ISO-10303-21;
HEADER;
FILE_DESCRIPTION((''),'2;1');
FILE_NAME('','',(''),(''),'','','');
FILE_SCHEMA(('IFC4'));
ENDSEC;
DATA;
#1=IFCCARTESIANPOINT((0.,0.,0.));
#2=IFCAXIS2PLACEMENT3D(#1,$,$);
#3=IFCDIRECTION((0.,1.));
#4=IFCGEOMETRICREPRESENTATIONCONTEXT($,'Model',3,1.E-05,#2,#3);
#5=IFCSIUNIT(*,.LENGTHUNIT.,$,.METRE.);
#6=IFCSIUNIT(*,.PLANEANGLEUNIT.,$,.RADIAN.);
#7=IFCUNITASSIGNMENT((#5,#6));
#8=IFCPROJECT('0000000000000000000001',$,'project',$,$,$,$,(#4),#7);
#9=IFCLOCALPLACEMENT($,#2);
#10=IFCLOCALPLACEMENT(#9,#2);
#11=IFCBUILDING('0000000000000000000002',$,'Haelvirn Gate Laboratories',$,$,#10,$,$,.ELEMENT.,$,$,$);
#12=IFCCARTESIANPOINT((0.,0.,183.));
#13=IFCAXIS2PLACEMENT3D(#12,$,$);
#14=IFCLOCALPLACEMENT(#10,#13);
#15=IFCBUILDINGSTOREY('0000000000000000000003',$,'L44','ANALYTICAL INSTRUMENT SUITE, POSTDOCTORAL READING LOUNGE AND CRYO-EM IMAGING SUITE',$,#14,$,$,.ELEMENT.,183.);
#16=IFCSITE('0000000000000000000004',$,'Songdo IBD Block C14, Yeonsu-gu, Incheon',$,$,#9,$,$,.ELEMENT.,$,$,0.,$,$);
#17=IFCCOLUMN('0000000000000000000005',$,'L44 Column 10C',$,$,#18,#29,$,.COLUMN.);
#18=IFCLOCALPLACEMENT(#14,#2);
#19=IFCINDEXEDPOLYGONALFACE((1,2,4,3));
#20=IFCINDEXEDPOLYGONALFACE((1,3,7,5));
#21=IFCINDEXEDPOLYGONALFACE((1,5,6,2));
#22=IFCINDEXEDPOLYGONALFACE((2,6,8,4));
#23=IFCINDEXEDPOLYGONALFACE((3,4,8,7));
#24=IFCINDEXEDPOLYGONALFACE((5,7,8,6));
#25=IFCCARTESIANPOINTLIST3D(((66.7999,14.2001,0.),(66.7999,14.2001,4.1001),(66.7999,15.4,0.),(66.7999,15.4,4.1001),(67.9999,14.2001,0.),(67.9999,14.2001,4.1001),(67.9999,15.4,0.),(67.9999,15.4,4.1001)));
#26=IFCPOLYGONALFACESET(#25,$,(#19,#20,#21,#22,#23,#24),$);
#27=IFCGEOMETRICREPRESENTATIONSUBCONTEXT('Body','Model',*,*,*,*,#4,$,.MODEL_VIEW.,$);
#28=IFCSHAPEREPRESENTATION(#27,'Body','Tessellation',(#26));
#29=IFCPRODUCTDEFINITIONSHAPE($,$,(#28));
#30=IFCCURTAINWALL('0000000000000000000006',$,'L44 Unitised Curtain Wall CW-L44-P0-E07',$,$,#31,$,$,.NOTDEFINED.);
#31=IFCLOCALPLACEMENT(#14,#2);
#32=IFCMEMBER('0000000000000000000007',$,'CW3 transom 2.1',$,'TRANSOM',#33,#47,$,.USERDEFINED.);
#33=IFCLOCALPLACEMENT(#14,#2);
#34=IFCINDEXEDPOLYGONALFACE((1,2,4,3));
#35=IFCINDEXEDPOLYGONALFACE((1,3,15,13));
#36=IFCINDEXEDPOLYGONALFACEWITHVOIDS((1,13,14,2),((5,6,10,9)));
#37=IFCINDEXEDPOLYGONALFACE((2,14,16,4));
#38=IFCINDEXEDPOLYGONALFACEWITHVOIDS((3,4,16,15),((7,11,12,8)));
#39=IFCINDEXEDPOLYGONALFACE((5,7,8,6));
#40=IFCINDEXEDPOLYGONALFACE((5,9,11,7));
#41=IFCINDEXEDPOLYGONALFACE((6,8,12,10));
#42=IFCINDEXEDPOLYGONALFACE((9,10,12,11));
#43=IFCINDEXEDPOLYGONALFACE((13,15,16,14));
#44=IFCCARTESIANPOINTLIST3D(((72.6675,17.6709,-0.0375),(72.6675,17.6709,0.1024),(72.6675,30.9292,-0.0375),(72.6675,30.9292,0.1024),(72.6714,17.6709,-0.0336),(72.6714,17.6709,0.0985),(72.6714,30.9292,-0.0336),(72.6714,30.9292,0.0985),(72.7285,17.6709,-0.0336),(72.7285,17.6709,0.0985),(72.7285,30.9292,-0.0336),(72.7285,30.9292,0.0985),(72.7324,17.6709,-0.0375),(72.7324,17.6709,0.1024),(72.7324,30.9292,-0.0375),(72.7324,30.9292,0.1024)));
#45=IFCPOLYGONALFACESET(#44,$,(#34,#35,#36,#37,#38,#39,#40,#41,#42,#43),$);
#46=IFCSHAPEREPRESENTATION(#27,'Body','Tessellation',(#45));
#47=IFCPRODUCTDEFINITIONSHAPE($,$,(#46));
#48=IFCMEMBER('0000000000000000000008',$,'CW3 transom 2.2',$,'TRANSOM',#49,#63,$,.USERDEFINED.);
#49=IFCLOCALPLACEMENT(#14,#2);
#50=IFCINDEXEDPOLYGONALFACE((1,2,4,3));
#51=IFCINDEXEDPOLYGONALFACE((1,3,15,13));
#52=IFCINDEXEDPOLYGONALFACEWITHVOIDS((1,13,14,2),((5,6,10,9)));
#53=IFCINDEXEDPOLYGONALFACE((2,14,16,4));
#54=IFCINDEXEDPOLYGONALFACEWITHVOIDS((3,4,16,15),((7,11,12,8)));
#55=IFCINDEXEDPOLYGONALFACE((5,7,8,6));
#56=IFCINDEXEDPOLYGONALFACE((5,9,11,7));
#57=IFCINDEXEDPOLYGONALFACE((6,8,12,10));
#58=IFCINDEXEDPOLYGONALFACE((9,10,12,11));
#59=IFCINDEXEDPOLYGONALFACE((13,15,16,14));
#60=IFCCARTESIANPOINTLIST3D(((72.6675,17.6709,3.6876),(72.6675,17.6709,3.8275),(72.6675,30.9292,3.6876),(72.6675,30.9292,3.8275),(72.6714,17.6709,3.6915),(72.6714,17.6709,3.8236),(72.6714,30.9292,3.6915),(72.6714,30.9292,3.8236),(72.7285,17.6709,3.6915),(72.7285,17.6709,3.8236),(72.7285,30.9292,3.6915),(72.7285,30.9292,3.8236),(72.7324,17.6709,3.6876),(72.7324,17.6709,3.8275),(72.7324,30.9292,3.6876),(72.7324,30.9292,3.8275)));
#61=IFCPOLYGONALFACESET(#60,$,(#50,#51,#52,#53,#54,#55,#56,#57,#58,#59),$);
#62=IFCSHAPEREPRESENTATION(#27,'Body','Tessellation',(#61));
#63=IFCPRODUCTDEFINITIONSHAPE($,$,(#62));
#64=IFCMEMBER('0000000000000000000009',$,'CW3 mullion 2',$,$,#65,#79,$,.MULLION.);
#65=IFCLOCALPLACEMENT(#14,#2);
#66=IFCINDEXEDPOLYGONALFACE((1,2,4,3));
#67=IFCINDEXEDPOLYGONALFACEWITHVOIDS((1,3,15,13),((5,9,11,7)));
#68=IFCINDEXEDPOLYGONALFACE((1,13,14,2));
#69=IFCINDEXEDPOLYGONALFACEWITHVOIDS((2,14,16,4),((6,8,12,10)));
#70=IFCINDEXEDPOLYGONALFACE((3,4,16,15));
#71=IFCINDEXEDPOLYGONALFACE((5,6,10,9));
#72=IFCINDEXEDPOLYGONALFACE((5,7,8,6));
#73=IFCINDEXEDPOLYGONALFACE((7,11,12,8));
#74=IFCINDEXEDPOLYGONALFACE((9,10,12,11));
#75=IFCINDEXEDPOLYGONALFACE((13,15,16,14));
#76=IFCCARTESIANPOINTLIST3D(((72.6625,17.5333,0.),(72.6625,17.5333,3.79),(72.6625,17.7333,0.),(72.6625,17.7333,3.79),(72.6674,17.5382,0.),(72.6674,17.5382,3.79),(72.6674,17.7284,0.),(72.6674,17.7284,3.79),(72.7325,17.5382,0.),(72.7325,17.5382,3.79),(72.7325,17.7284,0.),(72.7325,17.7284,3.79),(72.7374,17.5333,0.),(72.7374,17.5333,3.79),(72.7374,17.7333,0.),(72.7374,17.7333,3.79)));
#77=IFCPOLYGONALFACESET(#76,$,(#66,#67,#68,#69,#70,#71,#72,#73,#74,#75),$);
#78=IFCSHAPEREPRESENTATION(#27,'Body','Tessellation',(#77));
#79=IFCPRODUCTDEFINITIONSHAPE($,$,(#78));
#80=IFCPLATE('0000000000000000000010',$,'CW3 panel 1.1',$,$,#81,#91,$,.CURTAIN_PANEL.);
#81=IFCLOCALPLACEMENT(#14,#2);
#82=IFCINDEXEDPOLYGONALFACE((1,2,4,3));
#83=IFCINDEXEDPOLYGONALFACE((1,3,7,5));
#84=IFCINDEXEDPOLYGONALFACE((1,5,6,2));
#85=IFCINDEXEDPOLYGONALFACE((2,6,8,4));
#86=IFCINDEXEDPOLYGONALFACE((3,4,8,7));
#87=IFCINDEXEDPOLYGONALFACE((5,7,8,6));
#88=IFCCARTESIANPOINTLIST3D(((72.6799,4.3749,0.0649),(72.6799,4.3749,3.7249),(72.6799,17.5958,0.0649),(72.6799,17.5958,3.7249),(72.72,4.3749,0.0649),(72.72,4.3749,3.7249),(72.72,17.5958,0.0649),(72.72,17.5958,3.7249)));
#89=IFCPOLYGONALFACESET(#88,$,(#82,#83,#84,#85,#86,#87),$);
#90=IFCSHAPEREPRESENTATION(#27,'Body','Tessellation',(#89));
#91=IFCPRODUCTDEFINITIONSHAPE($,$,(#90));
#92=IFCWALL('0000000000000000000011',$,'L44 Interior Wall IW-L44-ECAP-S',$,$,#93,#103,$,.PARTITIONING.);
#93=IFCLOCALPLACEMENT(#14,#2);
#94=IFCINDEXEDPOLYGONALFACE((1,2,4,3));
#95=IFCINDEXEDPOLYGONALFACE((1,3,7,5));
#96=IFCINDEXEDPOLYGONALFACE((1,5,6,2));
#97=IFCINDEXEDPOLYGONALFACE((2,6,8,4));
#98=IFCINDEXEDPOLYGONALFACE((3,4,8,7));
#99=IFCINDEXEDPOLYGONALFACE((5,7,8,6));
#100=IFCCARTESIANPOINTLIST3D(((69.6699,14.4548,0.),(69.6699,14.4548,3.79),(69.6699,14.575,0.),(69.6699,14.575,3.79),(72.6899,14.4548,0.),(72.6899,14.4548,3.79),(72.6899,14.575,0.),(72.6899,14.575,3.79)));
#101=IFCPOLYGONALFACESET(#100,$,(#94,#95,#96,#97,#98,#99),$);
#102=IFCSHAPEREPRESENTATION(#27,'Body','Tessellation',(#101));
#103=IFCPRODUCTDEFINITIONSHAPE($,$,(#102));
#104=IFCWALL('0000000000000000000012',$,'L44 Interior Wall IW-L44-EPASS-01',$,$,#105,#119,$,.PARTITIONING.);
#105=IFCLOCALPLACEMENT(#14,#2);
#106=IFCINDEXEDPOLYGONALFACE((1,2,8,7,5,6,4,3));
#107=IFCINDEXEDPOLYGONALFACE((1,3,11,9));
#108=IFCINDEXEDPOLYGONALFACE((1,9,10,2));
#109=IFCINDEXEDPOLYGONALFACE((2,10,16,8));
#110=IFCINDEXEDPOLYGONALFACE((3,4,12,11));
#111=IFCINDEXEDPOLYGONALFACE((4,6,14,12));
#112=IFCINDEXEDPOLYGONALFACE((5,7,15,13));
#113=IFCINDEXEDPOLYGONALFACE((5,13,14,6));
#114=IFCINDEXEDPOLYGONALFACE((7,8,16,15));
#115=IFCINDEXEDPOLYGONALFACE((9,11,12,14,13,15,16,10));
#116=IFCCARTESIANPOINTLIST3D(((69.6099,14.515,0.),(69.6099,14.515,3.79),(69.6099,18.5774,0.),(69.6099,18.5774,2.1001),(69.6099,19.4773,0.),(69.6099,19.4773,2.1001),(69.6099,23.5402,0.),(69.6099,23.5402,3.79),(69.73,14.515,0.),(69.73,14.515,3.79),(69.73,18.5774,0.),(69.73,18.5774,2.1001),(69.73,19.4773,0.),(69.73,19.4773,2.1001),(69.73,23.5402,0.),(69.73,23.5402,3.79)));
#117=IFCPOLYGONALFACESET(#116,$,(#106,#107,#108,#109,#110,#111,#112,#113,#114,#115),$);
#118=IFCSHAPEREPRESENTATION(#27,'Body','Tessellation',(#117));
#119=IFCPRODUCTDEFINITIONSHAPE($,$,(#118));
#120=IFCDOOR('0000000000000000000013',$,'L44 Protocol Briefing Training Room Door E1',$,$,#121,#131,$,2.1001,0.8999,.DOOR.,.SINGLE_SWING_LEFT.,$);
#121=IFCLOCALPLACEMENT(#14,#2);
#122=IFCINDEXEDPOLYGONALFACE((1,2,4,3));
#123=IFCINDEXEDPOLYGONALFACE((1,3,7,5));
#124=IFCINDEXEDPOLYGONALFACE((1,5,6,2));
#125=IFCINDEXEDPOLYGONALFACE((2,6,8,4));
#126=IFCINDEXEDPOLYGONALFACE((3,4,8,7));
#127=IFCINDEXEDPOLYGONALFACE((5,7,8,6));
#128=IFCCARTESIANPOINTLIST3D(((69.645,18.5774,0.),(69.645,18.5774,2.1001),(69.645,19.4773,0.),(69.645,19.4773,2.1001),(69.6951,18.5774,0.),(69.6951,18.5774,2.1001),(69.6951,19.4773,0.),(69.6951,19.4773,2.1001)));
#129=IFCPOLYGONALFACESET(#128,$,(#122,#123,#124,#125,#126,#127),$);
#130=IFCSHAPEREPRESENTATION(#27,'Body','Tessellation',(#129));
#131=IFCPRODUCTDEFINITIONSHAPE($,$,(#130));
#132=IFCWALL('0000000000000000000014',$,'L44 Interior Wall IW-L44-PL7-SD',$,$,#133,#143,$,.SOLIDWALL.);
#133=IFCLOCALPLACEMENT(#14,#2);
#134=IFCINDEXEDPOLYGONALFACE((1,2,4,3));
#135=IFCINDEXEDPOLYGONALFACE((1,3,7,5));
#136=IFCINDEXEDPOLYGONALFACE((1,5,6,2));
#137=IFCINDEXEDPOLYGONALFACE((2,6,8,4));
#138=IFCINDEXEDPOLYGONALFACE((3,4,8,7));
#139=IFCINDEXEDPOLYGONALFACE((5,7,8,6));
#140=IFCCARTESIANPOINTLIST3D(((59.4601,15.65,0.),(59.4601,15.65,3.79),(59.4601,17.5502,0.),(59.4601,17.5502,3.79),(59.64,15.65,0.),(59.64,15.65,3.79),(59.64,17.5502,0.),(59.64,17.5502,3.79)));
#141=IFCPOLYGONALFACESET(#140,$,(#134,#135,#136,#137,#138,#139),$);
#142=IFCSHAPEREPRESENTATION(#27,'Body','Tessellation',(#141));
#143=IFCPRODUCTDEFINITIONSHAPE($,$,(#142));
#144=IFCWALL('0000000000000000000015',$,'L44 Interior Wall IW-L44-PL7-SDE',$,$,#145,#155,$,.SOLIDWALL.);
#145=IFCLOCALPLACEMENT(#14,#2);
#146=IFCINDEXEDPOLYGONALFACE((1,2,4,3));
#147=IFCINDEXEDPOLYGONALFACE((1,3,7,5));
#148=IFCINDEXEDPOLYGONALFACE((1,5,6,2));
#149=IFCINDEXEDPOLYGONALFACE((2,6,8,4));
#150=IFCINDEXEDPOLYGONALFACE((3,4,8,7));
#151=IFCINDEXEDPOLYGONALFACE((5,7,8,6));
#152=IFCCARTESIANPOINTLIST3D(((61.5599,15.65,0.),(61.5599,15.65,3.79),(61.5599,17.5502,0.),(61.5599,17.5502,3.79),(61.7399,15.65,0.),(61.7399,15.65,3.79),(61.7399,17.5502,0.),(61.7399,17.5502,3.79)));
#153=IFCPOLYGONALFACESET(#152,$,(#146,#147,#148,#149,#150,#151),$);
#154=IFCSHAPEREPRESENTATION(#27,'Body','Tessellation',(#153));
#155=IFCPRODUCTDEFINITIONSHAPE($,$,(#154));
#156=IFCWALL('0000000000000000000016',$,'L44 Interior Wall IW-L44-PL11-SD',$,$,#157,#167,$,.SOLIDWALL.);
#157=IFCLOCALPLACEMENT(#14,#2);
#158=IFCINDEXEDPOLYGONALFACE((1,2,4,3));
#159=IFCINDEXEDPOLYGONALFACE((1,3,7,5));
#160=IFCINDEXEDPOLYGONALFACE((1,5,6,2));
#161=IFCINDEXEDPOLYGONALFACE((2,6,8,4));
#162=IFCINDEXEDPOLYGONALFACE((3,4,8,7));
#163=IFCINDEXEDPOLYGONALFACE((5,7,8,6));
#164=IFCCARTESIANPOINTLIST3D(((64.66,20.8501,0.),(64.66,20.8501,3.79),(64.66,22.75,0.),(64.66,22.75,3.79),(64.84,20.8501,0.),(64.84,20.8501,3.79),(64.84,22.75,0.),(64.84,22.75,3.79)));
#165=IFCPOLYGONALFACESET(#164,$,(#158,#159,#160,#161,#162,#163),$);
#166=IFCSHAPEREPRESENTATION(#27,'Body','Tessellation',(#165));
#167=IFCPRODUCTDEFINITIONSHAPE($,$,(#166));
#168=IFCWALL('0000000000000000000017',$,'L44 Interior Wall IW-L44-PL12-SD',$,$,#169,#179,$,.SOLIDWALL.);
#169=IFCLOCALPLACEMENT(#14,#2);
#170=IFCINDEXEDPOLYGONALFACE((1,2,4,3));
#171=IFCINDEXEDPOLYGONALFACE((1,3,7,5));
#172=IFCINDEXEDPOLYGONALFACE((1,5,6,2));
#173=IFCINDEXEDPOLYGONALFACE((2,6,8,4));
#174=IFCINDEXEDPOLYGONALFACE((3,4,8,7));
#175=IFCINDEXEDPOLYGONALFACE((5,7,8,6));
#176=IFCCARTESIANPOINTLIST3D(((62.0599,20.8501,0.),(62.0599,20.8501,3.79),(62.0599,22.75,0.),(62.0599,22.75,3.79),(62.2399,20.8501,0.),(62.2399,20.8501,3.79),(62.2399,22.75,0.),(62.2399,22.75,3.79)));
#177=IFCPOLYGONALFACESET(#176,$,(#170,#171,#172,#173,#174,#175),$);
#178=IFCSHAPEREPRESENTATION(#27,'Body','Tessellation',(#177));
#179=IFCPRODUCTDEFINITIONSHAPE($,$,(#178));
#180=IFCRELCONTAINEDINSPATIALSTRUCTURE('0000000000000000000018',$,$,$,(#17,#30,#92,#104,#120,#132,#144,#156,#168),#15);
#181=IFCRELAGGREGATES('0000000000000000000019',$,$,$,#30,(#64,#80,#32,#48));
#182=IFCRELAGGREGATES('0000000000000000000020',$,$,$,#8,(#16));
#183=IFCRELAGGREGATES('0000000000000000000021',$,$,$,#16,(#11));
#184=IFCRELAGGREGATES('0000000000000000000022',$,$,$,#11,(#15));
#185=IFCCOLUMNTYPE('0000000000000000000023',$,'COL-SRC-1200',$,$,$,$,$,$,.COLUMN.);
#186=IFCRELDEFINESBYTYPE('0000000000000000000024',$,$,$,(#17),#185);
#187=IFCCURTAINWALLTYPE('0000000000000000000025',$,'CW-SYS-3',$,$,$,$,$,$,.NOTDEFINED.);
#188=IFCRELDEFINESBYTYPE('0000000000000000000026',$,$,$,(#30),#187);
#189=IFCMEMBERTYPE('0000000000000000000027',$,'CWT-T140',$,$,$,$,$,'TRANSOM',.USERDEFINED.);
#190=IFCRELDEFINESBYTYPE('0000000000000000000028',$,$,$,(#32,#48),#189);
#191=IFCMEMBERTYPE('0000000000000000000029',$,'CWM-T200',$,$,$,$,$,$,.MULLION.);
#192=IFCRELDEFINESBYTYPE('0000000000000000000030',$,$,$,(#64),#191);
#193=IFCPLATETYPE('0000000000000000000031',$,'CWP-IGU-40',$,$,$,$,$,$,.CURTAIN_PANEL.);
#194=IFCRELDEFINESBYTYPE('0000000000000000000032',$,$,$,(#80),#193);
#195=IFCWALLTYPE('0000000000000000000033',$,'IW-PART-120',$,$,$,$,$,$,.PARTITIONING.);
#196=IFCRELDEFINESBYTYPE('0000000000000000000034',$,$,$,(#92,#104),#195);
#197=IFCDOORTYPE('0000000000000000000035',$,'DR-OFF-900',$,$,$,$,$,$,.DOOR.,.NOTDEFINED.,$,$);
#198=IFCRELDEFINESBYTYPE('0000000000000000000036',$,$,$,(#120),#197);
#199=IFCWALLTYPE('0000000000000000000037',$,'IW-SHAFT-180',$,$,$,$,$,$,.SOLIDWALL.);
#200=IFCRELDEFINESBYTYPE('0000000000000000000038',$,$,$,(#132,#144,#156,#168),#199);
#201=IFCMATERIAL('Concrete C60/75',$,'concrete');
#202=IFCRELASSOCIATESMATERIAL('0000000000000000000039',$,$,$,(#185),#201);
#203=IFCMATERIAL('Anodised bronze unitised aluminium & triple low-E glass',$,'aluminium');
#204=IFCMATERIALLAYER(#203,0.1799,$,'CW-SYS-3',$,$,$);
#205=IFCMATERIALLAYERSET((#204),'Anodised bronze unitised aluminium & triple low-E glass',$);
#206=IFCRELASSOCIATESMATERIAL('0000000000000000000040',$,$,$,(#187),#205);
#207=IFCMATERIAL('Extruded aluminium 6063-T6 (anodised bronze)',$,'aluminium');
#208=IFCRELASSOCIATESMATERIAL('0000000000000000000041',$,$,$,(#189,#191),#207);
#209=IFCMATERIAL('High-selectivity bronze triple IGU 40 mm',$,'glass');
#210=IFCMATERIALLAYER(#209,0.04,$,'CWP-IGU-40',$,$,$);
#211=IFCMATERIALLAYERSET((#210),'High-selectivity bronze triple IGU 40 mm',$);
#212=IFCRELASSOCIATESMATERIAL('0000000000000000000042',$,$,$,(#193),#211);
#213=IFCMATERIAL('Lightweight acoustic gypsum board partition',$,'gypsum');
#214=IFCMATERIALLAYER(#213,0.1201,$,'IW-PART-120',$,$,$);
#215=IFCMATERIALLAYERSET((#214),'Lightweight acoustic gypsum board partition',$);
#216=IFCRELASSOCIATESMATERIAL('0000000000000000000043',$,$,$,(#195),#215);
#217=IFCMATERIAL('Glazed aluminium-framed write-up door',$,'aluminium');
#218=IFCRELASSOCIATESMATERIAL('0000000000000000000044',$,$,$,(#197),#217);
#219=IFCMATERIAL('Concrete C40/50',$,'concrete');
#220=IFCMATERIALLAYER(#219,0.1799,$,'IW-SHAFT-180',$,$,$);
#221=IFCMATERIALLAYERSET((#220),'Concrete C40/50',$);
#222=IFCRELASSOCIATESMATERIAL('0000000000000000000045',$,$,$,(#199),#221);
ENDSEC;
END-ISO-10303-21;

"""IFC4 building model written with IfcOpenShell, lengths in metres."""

from ifc_helpers import new_model, si_unit, direction, frame, frame_2d, origin, origin_2d, place, context, subcontext, project, spatial, rectangle, hollow_rectangle, extrude, source, transform, mapped, material, layer, layer_set, material_profile, profile_set, type_object, type_shapes, element, fill, aggregate, save


model = new_model("IFC4")

# Units and contexts
model_context = context("Model", 3, precision=1e-05, world=origin(), true_north=direction((0.0, 1.0)))
body_context = subcontext(model_context, "Body", "Model", "MODEL_VIEW")
ifc_project = project(units=[si_unit("LENGTHUNIT", "METRE"), si_unit("PLANEANGLEUNIT", "RADIAN")], contexts=[model_context])

# Site, building, storey
site_placement = place(None, origin())
site = spatial("IfcSite", under=ifc_project, at=site_placement, Name="Songdo IBD Block C14, Yeonsu-gu, Incheon", CompositionType="ELEMENT", RefElevation=0.0)
building_placement = place(site_placement, origin())
building = spatial("IfcBuilding", under=site, at=building_placement, Name="Haelvirn Gate Laboratories", CompositionType="ELEMENT")
storey_placement = place(building_placement, frame((0.0, 0.0, 183.0)))
storey = spatial("IfcBuildingStorey", under=building, at=storey_placement, Name="L44", Description="ANALYTICAL INSTRUMENT SUITE, POSTDOCTORAL READING LOUNGE AND CRYO-EM IMAGING SUITE", CompositionType="ELEMENT", Elevation=183.0)

# Column
ifc_material_1 = material(Name="Concrete C60/75", Category="concrete")
ifc_material_profile_1 = material_profile(ifc_material_1, rectangle(XDim=1.2, YDim=1.2, at=origin_2d()), Name="SRC-1200x1200")
ifc_profile_set_1 = profile_set([ifc_material_profile_1], Name="Concrete C60/75")
column_type = type_object("IfcColumnType", Name="COL-SRC-1200", PredefinedType="COLUMN", material=ifc_profile_set_1)
shared_shape_1 = source(origin(), body_context, "Body", "SweptSolid", [
    extrude(rectangle(XDim=1.2, YDim=1.2, at=origin_2d()), origin(), (0.0, 0.0, 1.0), 4.1001),
])
type_shapes(column_type, [shared_shape_1])
column_placement = place(storey_placement, frame((67.3999, 14.8, 0.0), z_axis=(0.0, 0.0, 1.0), x_axis=(1.0, 0.0, 0.0)))
element("IfcColumn", 1, at=column_placement, inside=storey, type_object=column_type, Name="L44 Column 10C", PredefinedType="COLUMN", context=body_context, shape_type="MappedRepresentation", body=[
    mapped(shared_shape_1, transform((0.0, 0.0, 0.0), scale=1.0)),
])

# Curtain wall, members, plate
ifc_material_2 = material(Name="Anodised bronze unitised aluminium & triple low-E glass", Category="aluminium")
ifc_layer_1 = layer(ifc_material_2, 0.1799, Name="CW-SYS-3")
ifc_layer_set_1 = layer_set([ifc_layer_1], Name="Anodised bronze unitised aluminium & triple low-E glass")
curtain_wall_type = type_object("IfcCurtainWallType", Name="CW-SYS-3", PredefinedType="NOTDEFINED", material=ifc_layer_set_1)
curtain_wall_placement = place(storey_placement, origin())
curtain_wall = element("IfcCurtainWall", 2, at=curtain_wall_placement, inside=storey, type_object=curtain_wall_type, Name="L44 Unitised Curtain Wall CW-L44-P0-E07", PredefinedType="NOTDEFINED")
ifc_material_3 = material(Name="Extruded aluminium 6063-T6 (anodised bronze)", Category="aluminium")
ifc_material_profile_2 = material_profile(ifc_material_3, hollow_rectangle(XDim=0.0649, YDim=0.1399, WallThickness=0.0039, at=origin_2d()), Name="CWT-140x65x4")
ifc_profile_set_2 = profile_set([ifc_material_profile_2], Name="Extruded aluminium 6063-T6 (anodised bronze)")
member_type_1 = type_object("IfcMemberType", Name="CWT-T140", ElementType="TRANSOM", PredefinedType="USERDEFINED", material=ifc_profile_set_2)
shared_shape_2 = source(origin(), body_context, "Body", "SweptSolid", [
    extrude(hollow_rectangle(XDim=0.0649, YDim=0.1399, WallThickness=0.0039, at=origin_2d()), origin(), (0.0, 0.0, 1.0), 13.2583),
])
type_shapes(member_type_1, [shared_shape_2])
member_1_placement = place(storey_placement, frame((72.7, 17.6709, 0.0325), z_axis=(0.0, 1.0, 0.0), x_axis=(-1.0, 0.0, 0.0)))
member_1 = element("IfcMember", 3, at=member_1_placement, type_object=member_type_1, Name="CW3 transom 2.1", ObjectType="TRANSOM", PredefinedType="USERDEFINED", context=body_context, shape_type="MappedRepresentation", body=[
    mapped(shared_shape_2, transform((0.0, 0.0, 0.0), scale=1.0)),
])
member_2_placement = place(storey_placement, frame((72.7, 17.6709, 3.7576), z_axis=(0.0, 1.0, 0.0), x_axis=(-1.0, 0.0, 0.0)))
member_2 = element("IfcMember", 4, at=member_2_placement, type_object=member_type_1, Name="CW3 transom 2.2", ObjectType="TRANSOM", PredefinedType="USERDEFINED", context=body_context, shape_type="MappedRepresentation", body=[
    mapped(shared_shape_2, transform((0.0, 0.0, 0.0), scale=1.0)),
])
ifc_material_profile_3 = material_profile(ifc_material_3, hollow_rectangle(XDim=0.075, YDim=0.2, WallThickness=0.0049, at=origin_2d()), Name="CWM-200x75x5")
ifc_profile_set_3 = profile_set([ifc_material_profile_3], Name="Extruded aluminium 6063-T6 (anodised bronze)")
member_type_2 = type_object("IfcMemberType", Name="CWM-T200", PredefinedType="MULLION", material=ifc_profile_set_3)
shared_shape_3 = source(origin(), body_context, "Body", "SweptSolid", [
    extrude(hollow_rectangle(XDim=0.075, YDim=0.2, WallThickness=0.0049, at=origin_2d()), origin(), (0.0, 0.0, 1.0), 3.79),
])
type_shapes(member_type_2, [shared_shape_3])
member_3_placement = place(storey_placement, frame((72.7, 17.6333, 0.0), z_axis=(0.0, 0.0, 1.0), x_axis=(-1.0, 0.0, 0.0)))
member_3 = element("IfcMember", 5, at=member_3_placement, type_object=member_type_2, Name="CW3 mullion 2", PredefinedType="MULLION", context=body_context, shape_type="MappedRepresentation", body=[
    mapped(shared_shape_3, transform((0.0, 0.0, 0.0), scale=1.0)),
])
ifc_material_4 = material(Name="High-selectivity bronze triple IGU 40 mm", Category="glass")
ifc_layer_2 = layer(ifc_material_4, 0.04, Name="CWP-IGU-40")
ifc_layer_set_2 = layer_set([ifc_layer_2], Name="High-selectivity bronze triple IGU 40 mm")
plate_type = type_object("IfcPlateType", Name="CWP-IGU-40", PredefinedType="CURTAIN_PANEL", material=ifc_layer_set_2)
shared_shape_4 = source(origin(), body_context, "Body", "SweptSolid", [
    extrude(rectangle(XDim=13.2209, YDim=0.04, at=origin_2d()), origin(), (0.0, 0.0, 1.0), 3.6599),
])
type_shapes(plate_type, [shared_shape_4])
plate_placement = place(storey_placement, frame((72.7, 10.9854, 0.0649), z_axis=(0.0, 0.0, 1.0), x_axis=(0.0, 1.0, 0.0)))
plate = element("IfcPlate", 6, at=plate_placement, type_object=plate_type, Name="CW3 panel 1.1", PredefinedType="CURTAIN_PANEL", context=body_context, shape_type="MappedRepresentation", body=[
    mapped(shared_shape_4, transform((0.0, 0.0, 0.0), scale=1.0)),
])
aggregate(curtain_wall, [member_3, plate, member_1, member_2])

# Wall
ifc_material_5 = material(Name="Lightweight acoustic gypsum board partition", Category="gypsum")
ifc_layer_3 = layer(ifc_material_5, 0.1201, Name="IW-PART-120")
ifc_layer_set_3 = layer_set([ifc_layer_3], Name="Lightweight acoustic gypsum board partition")
wall_type_1 = type_object("IfcWallType", Name="IW-PART-120", PredefinedType="PARTITIONING", material=ifc_layer_set_3)
wall_1_placement = place(storey_placement, frame((69.6699, 14.5149, 0.0), z_axis=(0.0, 0.0, 1.0), x_axis=(1.0, 0.0, 0.0)))
element("IfcWall", 7, at=wall_1_placement, inside=storey, type_object=wall_type_1, Name="L44 Interior Wall IW-L44-ECAP-S", PredefinedType="PARTITIONING", context=body_context, shape_type="SweptSolid", body=[
    extrude(rectangle(XDim=3.02, YDim=0.1201, at=frame_2d((1.51, 0.0))), origin(), (0.0, 0.0, 1.0), 3.79),
])

# Wall, opening, door
wall_2_placement = place(storey_placement, frame((69.6699, 14.5149, 0.0), z_axis=(0.0, 0.0, 1.0), x_axis=(0.0, 1.0, 0.0)))
wall_2 = element("IfcWall", 8, at=wall_2_placement, inside=storey, type_object=wall_type_1, Name="L44 Interior Wall IW-L44-EPASS-01", PredefinedType="PARTITIONING", context=body_context, shape_type="SweptSolid", body=[
    extrude(rectangle(XDim=9.0251, YDim=0.1201, at=frame_2d((4.5127, 0.0))), origin(), (0.0, 0.0, 1.0), 3.79),
])
opening_1_placement = place(wall_2_placement, frame((4.0625, 0.0, 0.0)))
opening_1 = element("IfcOpeningElement", 9, at=opening_1_placement, cuts=wall_2, PredefinedType="OPENING", context=body_context, shape_type="SweptSolid", body=[
    extrude(rectangle(XDim=0.8999, YDim=2.1001, at=frame_2d((0.45, 1.05))), frame((0.0, 0.0701, 0.0), z_axis=(0.0, -1.0, 0.0), x_axis=(1.0, 0.0, 0.0)), (0.0, 0.0, 1.0), 0.1401),
])
ifc_material_6 = material(Name="Glazed aluminium-framed write-up door", Category="aluminium")
door_type_1 = type_object("IfcDoorType", Name="DR-OFF-900", OperationType="NOTDEFINED", PredefinedType="DOOR", material=ifc_material_6)
shared_shape_5 = source(origin(), body_context, "Body", "SweptSolid", [
    extrude(rectangle(XDim=0.8999, YDim=2.1001, at=frame_2d((0.45, 1.05))), frame((0.0, 0.0249, 0.0), z_axis=(0.0, -1.0, 0.0), x_axis=(1.0, 0.0, 0.0)), (0.0, 0.0, 1.0), 0.05),
])
type_shapes(door_type_1, [shared_shape_5])
door_1_placement = place(opening_1_placement, origin())
door_1 = element("IfcDoor", 10, at=door_1_placement, inside=storey, type_object=door_type_1, Name="L44 Protocol Briefing Training Room Door E1", OperationType="SINGLE_SWING_LEFT", OverallHeight=2.1001, OverallWidth=0.8999, PredefinedType="DOOR", context=body_context, shape_type="MappedRepresentation", body=[
    mapped(shared_shape_5, transform((0.0, 0.0, 0.0), scale=1.0)),
])
fill(opening_1, door_1)

# Walls
ifc_material_7 = material(Name="Concrete C40/50", Category="concrete")
ifc_layer_4 = layer(ifc_material_7, 0.1799, Name="IW-SHAFT-180")
ifc_layer_set_4 = layer_set([ifc_layer_4], Name="Concrete C40/50")
wall_type_2 = type_object("IfcWallType", Name="IW-SHAFT-180", PredefinedType="SOLIDWALL", material=ifc_layer_set_4)
for number, where, z_axis, x_axis, name in (
    (11, (59.55, 15.6499, 0.0), (0.0, 0.0, 1.0), (0.0, 1.0, 0.0), "L44 Interior Wall IW-L44-PL7-SD"),
    (12, (61.6499, 15.6499, 0.0), (0.0, 0.0, 1.0), (0.0, 1.0, 0.0), "L44 Interior Wall IW-L44-PL7-SDE"),
):
    element("IfcWall", number, at=place(storey_placement, frame(where, z_axis=z_axis, x_axis=x_axis)), inside=storey, type_object=wall_type_2, Name=name, PredefinedType="SOLIDWALL", context=body_context, shape_type="SweptSolid", body=[
        extrude(rectangle(XDim=1.9001, YDim=0.1799, at=frame_2d((0.9502, 0.0))), origin(), (0.0, 0.0, 1.0), 3.79),
    ])
for number, where, z_axis, x_axis, name in (
    (13, (64.75, 20.8501, 0.0), (0.0, 0.0, 1.0), (0.0, 1.0, 0.0), "L44 Interior Wall IW-L44-PL11-SD"),
    (14, (62.1499, 20.8501, 0.0), (0.0, 0.0, 1.0), (0.0, 1.0, 0.0), "L44 Interior Wall IW-L44-PL12-SD"),
):
    element("IfcWall", number, at=place(storey_placement, frame(where, z_axis=z_axis, x_axis=x_axis)), inside=storey, type_object=wall_type_2, Name=name, PredefinedType="SOLIDWALL", context=body_context, shape_type="SweptSolid", body=[
        extrude(rectangle(XDim=1.8999, YDim=0.1799, at=frame_2d((0.95, 0.0))), origin(), (0.0, 0.0, 1.0), 3.79),
    ])

save(model, "model.ifc")
